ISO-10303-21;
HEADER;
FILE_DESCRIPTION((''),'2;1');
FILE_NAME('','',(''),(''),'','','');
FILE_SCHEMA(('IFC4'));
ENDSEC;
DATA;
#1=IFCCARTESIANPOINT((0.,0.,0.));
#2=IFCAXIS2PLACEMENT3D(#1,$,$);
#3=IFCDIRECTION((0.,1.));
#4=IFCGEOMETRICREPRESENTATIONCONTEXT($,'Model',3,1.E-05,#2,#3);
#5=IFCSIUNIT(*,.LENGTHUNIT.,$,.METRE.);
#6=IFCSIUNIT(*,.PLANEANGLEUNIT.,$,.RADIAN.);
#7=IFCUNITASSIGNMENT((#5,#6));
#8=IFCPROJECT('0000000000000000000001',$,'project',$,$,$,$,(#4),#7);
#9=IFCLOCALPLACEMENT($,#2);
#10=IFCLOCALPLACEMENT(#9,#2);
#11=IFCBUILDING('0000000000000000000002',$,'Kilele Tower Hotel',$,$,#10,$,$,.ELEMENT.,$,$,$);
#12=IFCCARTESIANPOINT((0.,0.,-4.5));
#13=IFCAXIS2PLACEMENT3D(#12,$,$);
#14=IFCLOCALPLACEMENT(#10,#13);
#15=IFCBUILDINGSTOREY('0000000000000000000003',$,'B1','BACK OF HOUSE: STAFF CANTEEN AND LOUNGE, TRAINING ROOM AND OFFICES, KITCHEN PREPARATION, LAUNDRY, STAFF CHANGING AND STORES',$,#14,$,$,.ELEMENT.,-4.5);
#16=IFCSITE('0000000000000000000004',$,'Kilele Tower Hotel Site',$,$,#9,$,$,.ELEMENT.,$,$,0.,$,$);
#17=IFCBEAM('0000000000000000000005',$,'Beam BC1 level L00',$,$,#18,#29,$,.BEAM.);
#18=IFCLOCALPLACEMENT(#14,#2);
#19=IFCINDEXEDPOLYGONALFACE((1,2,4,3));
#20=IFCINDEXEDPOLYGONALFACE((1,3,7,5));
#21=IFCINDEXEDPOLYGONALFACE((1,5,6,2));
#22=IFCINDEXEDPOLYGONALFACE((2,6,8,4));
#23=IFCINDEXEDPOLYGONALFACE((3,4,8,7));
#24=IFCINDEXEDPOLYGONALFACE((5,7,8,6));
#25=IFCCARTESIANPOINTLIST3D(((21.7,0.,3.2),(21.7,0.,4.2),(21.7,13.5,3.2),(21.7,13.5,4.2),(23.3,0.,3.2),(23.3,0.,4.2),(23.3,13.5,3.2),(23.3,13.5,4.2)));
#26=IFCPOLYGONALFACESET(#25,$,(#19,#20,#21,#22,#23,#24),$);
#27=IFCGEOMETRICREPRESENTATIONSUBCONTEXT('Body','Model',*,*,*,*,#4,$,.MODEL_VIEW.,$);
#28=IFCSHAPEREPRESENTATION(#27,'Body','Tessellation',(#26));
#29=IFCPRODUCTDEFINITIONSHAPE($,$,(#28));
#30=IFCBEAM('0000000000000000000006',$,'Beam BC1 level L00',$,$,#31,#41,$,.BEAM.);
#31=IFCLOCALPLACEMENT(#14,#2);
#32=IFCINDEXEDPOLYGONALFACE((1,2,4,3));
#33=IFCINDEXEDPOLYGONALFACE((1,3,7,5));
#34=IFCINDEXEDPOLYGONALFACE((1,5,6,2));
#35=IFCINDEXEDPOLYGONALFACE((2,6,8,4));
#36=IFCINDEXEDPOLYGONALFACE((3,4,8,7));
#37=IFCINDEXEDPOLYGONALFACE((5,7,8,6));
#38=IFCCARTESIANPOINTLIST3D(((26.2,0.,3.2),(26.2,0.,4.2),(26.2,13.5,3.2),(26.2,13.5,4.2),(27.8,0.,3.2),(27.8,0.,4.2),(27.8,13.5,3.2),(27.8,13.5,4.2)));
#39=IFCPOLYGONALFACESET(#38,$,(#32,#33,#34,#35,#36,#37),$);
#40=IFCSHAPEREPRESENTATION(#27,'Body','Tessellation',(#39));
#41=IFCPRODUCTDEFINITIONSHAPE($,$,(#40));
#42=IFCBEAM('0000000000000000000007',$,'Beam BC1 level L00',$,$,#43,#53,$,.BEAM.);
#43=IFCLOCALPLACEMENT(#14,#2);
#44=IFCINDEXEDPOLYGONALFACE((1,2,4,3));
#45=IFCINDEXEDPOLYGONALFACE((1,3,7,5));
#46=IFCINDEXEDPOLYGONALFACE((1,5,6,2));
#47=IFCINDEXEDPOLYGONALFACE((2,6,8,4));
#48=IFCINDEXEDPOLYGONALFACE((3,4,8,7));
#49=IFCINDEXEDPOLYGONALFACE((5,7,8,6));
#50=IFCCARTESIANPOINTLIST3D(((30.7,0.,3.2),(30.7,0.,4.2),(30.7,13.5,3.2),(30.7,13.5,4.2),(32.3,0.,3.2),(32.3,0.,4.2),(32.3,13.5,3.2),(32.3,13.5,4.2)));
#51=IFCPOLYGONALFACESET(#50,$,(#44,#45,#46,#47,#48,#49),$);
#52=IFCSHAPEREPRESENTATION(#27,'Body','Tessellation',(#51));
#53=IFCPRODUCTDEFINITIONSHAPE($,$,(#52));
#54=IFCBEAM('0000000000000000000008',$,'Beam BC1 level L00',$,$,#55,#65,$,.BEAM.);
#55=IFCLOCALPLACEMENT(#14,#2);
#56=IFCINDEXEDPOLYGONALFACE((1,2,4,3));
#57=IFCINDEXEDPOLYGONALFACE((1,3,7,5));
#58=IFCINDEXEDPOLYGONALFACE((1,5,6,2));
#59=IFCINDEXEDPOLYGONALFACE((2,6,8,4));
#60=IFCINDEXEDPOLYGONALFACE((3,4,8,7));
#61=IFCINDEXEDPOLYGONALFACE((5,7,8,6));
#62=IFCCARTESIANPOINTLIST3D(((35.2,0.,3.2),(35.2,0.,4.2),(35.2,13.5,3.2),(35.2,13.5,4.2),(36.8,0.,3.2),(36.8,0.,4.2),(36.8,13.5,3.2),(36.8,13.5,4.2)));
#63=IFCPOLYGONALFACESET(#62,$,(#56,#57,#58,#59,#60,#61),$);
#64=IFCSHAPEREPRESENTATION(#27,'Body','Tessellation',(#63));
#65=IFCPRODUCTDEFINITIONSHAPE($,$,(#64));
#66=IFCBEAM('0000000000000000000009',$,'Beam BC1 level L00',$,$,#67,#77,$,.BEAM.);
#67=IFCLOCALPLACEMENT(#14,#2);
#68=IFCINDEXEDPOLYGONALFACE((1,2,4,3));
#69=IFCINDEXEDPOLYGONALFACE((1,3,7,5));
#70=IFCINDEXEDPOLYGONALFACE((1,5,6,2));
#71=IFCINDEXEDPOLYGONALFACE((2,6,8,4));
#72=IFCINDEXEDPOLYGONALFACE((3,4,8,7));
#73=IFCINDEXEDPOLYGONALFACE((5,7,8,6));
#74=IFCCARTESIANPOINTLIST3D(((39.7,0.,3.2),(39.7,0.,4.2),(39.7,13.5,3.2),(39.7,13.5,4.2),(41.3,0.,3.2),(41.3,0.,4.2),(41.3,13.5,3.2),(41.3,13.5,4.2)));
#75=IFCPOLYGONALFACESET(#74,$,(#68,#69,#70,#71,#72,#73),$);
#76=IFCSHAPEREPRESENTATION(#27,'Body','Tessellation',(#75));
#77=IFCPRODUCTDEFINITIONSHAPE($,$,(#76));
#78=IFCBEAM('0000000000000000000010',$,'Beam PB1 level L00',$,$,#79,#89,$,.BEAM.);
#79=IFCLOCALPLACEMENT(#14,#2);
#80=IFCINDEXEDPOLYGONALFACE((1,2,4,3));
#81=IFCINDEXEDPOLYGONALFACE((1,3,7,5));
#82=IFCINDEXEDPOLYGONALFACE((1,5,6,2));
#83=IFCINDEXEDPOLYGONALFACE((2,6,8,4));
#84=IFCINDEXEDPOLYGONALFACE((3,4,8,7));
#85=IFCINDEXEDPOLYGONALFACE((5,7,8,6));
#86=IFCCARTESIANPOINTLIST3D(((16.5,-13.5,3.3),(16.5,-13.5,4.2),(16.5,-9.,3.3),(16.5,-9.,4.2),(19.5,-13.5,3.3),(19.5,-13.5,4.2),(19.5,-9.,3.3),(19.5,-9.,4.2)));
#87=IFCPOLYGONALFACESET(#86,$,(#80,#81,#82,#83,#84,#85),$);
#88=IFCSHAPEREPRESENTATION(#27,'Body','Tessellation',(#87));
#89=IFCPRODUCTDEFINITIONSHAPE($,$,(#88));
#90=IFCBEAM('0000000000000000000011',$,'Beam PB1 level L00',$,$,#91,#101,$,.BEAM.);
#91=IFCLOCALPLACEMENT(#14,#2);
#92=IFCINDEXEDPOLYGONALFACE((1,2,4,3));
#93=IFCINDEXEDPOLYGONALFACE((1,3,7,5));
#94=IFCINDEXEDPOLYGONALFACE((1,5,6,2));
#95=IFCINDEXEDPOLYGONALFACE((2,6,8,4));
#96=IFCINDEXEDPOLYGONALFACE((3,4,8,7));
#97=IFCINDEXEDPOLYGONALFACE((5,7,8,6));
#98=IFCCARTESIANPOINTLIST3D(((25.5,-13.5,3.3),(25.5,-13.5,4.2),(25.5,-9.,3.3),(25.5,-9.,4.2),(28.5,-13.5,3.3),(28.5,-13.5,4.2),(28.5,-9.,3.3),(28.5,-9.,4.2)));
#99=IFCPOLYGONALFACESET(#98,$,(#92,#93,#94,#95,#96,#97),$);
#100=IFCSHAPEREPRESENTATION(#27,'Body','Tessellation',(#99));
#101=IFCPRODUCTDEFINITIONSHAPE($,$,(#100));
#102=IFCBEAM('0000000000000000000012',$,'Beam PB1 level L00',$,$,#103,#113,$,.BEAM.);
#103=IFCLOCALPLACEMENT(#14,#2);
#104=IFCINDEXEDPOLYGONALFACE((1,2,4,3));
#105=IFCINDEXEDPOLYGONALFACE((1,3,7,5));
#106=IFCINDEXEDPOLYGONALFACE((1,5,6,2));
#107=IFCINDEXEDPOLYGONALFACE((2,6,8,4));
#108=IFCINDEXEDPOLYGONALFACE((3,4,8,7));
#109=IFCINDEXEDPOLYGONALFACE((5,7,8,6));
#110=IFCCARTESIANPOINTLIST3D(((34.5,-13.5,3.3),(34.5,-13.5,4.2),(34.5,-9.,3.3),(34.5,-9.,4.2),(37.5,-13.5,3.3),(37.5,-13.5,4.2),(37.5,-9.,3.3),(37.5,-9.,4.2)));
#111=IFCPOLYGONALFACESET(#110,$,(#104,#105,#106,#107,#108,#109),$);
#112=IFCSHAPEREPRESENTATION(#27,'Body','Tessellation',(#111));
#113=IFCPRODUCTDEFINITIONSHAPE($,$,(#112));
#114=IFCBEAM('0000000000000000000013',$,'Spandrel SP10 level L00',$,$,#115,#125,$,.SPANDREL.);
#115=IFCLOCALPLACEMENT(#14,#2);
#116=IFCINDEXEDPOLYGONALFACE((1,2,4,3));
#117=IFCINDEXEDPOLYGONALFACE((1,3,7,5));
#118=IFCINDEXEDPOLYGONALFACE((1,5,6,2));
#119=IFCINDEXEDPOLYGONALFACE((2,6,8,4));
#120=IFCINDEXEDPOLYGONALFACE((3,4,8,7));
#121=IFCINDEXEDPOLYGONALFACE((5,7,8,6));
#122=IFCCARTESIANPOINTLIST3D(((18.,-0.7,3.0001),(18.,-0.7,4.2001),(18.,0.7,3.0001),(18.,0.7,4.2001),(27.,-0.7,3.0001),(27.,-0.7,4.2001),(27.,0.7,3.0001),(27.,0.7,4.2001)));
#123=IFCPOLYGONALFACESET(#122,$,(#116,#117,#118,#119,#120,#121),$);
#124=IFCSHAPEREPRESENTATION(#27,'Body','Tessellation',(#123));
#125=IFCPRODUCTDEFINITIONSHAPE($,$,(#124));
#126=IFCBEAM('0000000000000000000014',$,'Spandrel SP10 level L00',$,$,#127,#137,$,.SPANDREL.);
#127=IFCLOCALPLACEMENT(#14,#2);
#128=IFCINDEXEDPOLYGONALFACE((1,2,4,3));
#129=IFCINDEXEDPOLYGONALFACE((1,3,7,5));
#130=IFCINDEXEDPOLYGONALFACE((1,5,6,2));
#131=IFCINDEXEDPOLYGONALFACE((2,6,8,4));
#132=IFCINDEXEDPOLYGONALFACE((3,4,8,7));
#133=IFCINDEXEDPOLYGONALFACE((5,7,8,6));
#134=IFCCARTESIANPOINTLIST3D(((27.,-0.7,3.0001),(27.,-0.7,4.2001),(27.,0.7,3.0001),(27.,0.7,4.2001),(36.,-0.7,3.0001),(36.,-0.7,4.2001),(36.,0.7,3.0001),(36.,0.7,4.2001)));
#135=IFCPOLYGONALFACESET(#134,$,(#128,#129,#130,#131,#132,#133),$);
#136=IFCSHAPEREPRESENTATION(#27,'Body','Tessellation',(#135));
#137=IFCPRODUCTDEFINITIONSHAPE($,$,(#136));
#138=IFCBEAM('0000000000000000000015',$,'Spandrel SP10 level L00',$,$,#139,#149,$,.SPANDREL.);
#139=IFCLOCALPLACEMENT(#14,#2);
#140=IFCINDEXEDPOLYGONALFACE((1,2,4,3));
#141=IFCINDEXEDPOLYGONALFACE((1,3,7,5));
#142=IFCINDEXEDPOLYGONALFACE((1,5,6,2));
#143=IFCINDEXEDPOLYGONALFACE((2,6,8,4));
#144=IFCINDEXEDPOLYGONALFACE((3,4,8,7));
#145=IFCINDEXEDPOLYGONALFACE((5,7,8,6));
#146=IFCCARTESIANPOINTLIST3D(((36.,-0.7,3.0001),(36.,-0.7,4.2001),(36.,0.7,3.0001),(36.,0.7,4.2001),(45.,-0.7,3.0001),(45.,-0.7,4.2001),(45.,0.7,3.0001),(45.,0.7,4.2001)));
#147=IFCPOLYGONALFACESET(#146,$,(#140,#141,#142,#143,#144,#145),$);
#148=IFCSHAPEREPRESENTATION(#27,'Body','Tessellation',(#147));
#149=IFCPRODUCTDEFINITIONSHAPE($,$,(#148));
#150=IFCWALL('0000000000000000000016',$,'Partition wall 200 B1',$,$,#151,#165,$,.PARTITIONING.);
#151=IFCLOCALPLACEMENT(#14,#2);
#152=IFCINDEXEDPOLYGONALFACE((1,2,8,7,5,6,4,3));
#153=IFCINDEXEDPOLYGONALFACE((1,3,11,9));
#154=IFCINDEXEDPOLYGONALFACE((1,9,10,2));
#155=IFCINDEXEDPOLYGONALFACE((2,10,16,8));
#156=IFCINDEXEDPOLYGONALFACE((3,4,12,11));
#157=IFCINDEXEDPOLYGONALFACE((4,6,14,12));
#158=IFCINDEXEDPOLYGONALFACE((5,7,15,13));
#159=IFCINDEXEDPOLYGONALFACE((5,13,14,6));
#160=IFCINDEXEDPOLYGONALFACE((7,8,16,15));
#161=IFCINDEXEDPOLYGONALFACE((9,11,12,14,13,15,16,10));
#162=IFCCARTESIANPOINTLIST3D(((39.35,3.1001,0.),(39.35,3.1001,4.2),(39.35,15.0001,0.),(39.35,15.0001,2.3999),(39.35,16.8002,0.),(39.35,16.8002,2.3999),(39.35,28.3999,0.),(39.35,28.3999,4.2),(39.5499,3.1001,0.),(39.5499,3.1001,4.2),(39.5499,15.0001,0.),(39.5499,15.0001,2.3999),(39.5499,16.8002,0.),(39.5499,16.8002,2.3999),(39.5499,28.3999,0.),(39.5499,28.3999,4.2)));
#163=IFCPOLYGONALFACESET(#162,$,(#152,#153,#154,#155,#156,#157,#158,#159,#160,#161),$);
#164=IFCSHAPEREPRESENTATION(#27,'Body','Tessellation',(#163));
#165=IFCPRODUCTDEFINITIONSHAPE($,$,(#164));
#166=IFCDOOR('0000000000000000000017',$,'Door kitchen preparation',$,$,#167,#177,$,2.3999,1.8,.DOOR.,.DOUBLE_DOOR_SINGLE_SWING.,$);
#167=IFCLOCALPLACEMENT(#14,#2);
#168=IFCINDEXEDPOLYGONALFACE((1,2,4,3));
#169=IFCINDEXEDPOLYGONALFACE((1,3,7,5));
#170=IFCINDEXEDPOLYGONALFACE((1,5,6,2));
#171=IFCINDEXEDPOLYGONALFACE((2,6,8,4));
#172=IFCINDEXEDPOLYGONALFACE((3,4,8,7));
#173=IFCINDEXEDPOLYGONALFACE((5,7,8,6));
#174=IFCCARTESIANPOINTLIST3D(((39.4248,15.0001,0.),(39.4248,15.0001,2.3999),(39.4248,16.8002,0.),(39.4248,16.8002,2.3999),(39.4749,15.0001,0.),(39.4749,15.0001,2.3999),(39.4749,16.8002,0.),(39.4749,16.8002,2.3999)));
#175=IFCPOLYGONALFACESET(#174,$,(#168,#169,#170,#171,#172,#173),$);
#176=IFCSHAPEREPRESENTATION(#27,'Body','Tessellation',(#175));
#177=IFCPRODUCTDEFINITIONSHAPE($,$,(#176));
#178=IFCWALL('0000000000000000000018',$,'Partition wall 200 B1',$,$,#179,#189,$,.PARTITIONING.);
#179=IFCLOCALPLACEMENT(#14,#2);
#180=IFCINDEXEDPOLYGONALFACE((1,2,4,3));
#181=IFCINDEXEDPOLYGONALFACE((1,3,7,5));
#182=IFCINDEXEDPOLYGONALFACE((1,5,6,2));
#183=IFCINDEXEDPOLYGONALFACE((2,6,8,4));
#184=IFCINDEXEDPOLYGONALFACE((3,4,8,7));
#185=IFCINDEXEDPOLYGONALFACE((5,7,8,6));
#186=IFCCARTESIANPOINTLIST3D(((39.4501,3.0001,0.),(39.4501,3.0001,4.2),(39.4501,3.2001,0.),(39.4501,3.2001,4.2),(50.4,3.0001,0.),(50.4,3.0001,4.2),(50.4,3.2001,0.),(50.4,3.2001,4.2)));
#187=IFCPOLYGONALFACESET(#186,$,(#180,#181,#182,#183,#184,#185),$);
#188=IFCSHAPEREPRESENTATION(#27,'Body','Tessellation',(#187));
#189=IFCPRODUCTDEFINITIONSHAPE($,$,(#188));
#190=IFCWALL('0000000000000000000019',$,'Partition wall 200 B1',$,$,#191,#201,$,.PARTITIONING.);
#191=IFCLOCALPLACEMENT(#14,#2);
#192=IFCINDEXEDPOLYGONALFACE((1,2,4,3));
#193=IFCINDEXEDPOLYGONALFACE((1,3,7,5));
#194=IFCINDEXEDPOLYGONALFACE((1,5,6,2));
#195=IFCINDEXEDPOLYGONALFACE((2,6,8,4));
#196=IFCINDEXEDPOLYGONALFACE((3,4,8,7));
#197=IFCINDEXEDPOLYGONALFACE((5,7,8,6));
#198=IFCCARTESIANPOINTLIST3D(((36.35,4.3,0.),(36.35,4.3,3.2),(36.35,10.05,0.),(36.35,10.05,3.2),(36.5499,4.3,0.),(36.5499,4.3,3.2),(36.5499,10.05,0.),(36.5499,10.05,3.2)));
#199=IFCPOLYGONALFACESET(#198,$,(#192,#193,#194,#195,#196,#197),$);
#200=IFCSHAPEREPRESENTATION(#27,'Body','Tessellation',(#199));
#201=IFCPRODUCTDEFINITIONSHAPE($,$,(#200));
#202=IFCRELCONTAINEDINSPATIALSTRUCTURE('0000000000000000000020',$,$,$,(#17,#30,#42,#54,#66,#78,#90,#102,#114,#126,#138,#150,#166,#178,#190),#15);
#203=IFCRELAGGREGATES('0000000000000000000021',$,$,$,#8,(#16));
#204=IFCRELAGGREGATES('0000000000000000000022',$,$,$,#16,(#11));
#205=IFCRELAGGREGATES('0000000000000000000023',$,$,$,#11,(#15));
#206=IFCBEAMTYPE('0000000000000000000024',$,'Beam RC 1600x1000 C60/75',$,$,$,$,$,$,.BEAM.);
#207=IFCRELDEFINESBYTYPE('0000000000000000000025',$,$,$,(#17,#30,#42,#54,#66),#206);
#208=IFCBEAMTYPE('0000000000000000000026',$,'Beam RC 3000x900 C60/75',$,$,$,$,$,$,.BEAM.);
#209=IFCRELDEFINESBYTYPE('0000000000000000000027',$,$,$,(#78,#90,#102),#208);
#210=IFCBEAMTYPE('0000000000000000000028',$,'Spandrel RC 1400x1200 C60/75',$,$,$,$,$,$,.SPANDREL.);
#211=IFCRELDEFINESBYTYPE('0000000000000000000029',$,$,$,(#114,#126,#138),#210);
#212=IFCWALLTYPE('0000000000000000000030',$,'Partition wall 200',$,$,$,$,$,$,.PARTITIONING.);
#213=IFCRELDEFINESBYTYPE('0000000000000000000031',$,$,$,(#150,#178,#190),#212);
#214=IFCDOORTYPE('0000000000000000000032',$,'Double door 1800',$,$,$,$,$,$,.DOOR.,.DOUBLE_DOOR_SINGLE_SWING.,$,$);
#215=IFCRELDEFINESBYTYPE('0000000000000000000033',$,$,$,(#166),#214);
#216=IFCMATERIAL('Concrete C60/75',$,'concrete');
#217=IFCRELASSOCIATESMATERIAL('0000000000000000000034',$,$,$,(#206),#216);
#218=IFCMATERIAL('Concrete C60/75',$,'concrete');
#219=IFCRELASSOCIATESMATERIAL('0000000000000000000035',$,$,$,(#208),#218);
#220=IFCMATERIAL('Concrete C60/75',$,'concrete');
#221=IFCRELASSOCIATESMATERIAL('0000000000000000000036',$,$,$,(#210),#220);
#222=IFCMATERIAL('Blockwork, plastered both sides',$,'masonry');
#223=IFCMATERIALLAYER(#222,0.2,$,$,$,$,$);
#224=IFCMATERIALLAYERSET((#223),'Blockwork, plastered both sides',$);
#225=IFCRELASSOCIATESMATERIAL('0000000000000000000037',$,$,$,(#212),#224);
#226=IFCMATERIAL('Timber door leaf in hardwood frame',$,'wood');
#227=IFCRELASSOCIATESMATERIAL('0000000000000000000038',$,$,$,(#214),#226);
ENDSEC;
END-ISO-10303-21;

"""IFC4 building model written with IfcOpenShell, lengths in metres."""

from ifc_helpers import new_model, si_unit, direction, frame, frame_2d, origin, origin_2d, place, context, subcontext, project, spatial, rectangle, extrude, material, layer, layer_set, material_profile, profile_set, type_object, element, fill, save


model = new_model("IFC4")

# Units and contexts
model_context = context("Model", 3, precision=1e-05, world=origin(), true_north=direction((0.0, 1.0)))
body_context = subcontext(model_context, "Body", "Model", "MODEL_VIEW")
ifc_project = project(units=[si_unit("LENGTHUNIT", "METRE"), si_unit("PLANEANGLEUNIT", "RADIAN")], contexts=[model_context])

# Site, building, storey
site_placement = place(None, origin())
site = spatial("IfcSite", under=ifc_project, at=site_placement, Name="Kilele Tower Hotel Site", CompositionType="ELEMENT", RefElevation=0.0)
building_placement = place(site_placement, origin())
building = spatial("IfcBuilding", under=site, at=building_placement, Name="Kilele Tower Hotel", CompositionType="ELEMENT")
storey_placement = place(building_placement, frame((0.0, 0.0, -4.5)))
storey = spatial("IfcBuildingStorey", under=building, at=storey_placement, Name="B1", Description="BACK OF HOUSE: STAFF CANTEEN AND LOUNGE, TRAINING ROOM AND OFFICES, KITCHEN PREPARATION, LAUNDRY, STAFF CHANGING AND STORES", CompositionType="ELEMENT", Elevation=-4.5)

# Beams
ifc_material_1 = material(Name="Concrete C60/75", Category="concrete")
ifc_material_profile_1 = material_profile(ifc_material_1, rectangle(XDim=1.6001, YDim=1.0, at=origin_2d()))
ifc_profile_set_1 = profile_set([ifc_material_profile_1], Name="Concrete C60/75")
beam_type_1 = type_object("IfcBeamType", Name="Beam RC 1600x1000 C60/75", PredefinedType="BEAM", material=ifc_profile_set_1)
for number, where, z_axis, x_axis, name in (
    (1, (22.5, 0.0, 3.7), (0.0, 1.0, 0.0), (-1.0, 0.0, 0.0), "Beam BC1 level L00"),
    (2, (27.0, 0.0, 3.7), (0.0, 1.0, 0.0), (-1.0, 0.0, 0.0), "Beam BC1 level L00"),
    (3, (31.5, 0.0, 3.7), (0.0, 1.0, 0.0), (-1.0, 0.0, 0.0), "Beam BC1 level L00"),
    (4, (36.0, 0.0, 3.7), (0.0, 1.0, 0.0), (-1.0, 0.0, 0.0), "Beam BC1 level L00"),
    (5, (40.5, 0.0, 3.7), (0.0, 1.0, 0.0), (-1.0, 0.0, 0.0), "Beam BC1 level L00"),
):
    element("IfcBeam", number, at=place(storey_placement, frame(where, z_axis=z_axis, x_axis=x_axis)), inside=storey, type_object=beam_type_1, Name=name, PredefinedType="BEAM", context=body_context, shape_type="SweptSolid", body=[
        extrude(rectangle(XDim=1.6001, YDim=1.0, at=origin_2d()), origin(), (0.0, 0.0, 1.0), 13.5),
    ])
ifc_material_2 = material(Name="Concrete C60/75", Category="concrete")
ifc_material_profile_2 = material_profile(ifc_material_2, rectangle(XDim=3.0, YDim=0.8999, at=origin_2d()))
ifc_profile_set_2 = profile_set([ifc_material_profile_2], Name="Concrete C60/75")
beam_type_2 = type_object("IfcBeamType", Name="Beam RC 3000x900 C60/75", PredefinedType="BEAM", material=ifc_profile_set_2)
for number, where, z_axis, x_axis, name in (
    (6, (18.0, -13.5, 3.75), (0.0, 1.0, 0.0), (-1.0, 0.0, 0.0), "Beam PB1 level L00"),
    (7, (27.0, -13.5, 3.75), (0.0, 1.0, 0.0), (-1.0, 0.0, 0.0), "Beam PB1 level L00"),
    (8, (36.0, -13.5, 3.75), (0.0, 1.0, 0.0), (-1.0, 0.0, 0.0), "Beam PB1 level L00"),
):
    element("IfcBeam", number, at=place(storey_placement, frame(where, z_axis=z_axis, x_axis=x_axis)), inside=storey, type_object=beam_type_2, Name=name, PredefinedType="BEAM", context=body_context, shape_type="SweptSolid", body=[
        extrude(rectangle(XDim=3.0, YDim=0.8999, at=origin_2d()), origin(), (0.0, 0.0, 1.0), 4.5),
    ])
ifc_material_3 = material(Name="Concrete C60/75", Category="concrete")
ifc_material_profile_3 = material_profile(ifc_material_3, rectangle(XDim=1.3999, YDim=1.2, at=origin_2d()))
ifc_profile_set_3 = profile_set([ifc_material_profile_3], Name="Concrete C60/75")
beam_type_3 = type_object("IfcBeamType", Name="Spandrel RC 1400x1200 C60/75", PredefinedType="SPANDREL", material=ifc_profile_set_3)
for number, where, z_axis, x_axis, name in (
    (9, (18.0, 0.0, 3.6001), (1.0, 0.0, 0.0), (0.0, 1.0, 0.0), "Spandrel SP10 level L00"),
    (10, (27.0, 0.0, 3.6001), (1.0, 0.0, 0.0), (0.0, 1.0, 0.0), "Spandrel SP10 level L00"),
    (11, (36.0, 0.0, 3.6001), (1.0, 0.0, 0.0), (0.0, 1.0, 0.0), "Spandrel SP10 level L00"),
):
    element("IfcBeam", number, at=place(storey_placement, frame(where, z_axis=z_axis, x_axis=x_axis)), inside=storey, type_object=beam_type_3, Name=name, PredefinedType="SPANDREL", context=body_context, shape_type="SweptSolid", body=[
        extrude(rectangle(XDim=1.3999, YDim=1.2, at=origin_2d()), origin(), (0.0, 0.0, 1.0), 9.0),
    ])

# Wall, opening, door
ifc_material_4 = material(Name="Blockwork, plastered both sides", Category="masonry")
ifc_layer = layer(ifc_material_4, 0.2)
ifc_layer_set = layer_set([ifc_layer], Name="Blockwork, plastered both sides")
wall_type = type_object("IfcWallType", Name="Partition wall 200", PredefinedType="PARTITIONING", material=ifc_layer_set)
wall_1_placement = place(storey_placement, frame((39.45, 3.1001, 0.0), z_axis=(0.0, 0.0, 1.0), x_axis=(0.0, 1.0, 0.0)))
wall_1 = element("IfcWall", 12, at=wall_1_placement, inside=storey, type_object=wall_type, Name="Partition wall 200 B1", PredefinedType="PARTITIONING", context=body_context, shape_type="SweptSolid", body=[
    extrude(rectangle(XDim=25.2998, YDim=0.2, at=frame_2d((12.6499, 0.0))), origin(), (0.0, 0.0, 1.0), 4.2),
])
opening_placement = place(wall_1_placement, frame((13.7, 0.0, 0.0), z_axis=(0.0, 0.0, 1.0), x_axis=(-1.0, 0.0, 0.0)))
opening = element("IfcOpeningElement", 13, at=opening_placement, cuts=wall_1, PredefinedType="OPENING", context=body_context, shape_type="SweptSolid", body=[
    extrude(rectangle(XDim=1.8, YDim=2.3999, at=frame_2d((0.8999, 1.2))), frame((0.0, 0.1099, 0.0), z_axis=(0.0, -1.0, 0.0), x_axis=(1.0, 0.0, 0.0)), (0.0, 0.0, 1.0), 0.22),
])
ifc_material_5 = material(Name="Timber door leaf in hardwood frame", Category="wood")
door_type = type_object("IfcDoorType", Name="Double door 1800", OperationType="DOUBLE_DOOR_SINGLE_SWING", PredefinedType="DOOR", material=ifc_material_5)
door_placement = place(opening_placement, origin())
door = element("IfcDoor", 14, at=door_placement, inside=storey, type_object=door_type, Name="Door kitchen preparation", OperationType="DOUBLE_DOOR_SINGLE_SWING", OverallHeight=2.3999, OverallWidth=1.8, PredefinedType="DOOR", context=body_context, shape_type="SweptSolid", body=[
    extrude(rectangle(XDim=1.8, YDim=2.3999, at=frame_2d((0.8999, 1.2))), frame((0.0, 0.0249, 0.0), z_axis=(0.0, -1.0, 0.0), x_axis=(1.0, 0.0, 0.0)), (0.0, 0.0, 1.0), 0.05),
])
fill(opening, door)

# Walls
wall_2_placement = place(storey_placement, frame((39.45, 3.1001, 0.0), z_axis=(0.0, 0.0, 1.0), x_axis=(1.0, 0.0, 0.0)))
element("IfcWall", 15, at=wall_2_placement, inside=storey, type_object=wall_type, Name="Partition wall 200 B1", PredefinedType="PARTITIONING", context=body_context, shape_type="SweptSolid", body=[
    extrude(rectangle(XDim=10.95, YDim=0.2, at=frame_2d((5.4751, 0.0))), origin(), (0.0, 0.0, 1.0), 4.2),
])
wall_3_placement = place(storey_placement, frame((36.45, 4.3, 0.0), z_axis=(0.0, 0.0, 1.0), x_axis=(0.0, 1.0, 0.0)))
element("IfcWall", 16, at=wall_3_placement, inside=storey, type_object=wall_type, Name="Partition wall 200 B1", PredefinedType="PARTITIONING", context=body_context, shape_type="SweptSolid", body=[
    extrude(rectangle(XDim=5.75, YDim=0.2, at=frame_2d((2.875, 0.0))), origin(), (0.0, 0.0, 1.0), 3.2),
])

save(model, "model.ifc")
